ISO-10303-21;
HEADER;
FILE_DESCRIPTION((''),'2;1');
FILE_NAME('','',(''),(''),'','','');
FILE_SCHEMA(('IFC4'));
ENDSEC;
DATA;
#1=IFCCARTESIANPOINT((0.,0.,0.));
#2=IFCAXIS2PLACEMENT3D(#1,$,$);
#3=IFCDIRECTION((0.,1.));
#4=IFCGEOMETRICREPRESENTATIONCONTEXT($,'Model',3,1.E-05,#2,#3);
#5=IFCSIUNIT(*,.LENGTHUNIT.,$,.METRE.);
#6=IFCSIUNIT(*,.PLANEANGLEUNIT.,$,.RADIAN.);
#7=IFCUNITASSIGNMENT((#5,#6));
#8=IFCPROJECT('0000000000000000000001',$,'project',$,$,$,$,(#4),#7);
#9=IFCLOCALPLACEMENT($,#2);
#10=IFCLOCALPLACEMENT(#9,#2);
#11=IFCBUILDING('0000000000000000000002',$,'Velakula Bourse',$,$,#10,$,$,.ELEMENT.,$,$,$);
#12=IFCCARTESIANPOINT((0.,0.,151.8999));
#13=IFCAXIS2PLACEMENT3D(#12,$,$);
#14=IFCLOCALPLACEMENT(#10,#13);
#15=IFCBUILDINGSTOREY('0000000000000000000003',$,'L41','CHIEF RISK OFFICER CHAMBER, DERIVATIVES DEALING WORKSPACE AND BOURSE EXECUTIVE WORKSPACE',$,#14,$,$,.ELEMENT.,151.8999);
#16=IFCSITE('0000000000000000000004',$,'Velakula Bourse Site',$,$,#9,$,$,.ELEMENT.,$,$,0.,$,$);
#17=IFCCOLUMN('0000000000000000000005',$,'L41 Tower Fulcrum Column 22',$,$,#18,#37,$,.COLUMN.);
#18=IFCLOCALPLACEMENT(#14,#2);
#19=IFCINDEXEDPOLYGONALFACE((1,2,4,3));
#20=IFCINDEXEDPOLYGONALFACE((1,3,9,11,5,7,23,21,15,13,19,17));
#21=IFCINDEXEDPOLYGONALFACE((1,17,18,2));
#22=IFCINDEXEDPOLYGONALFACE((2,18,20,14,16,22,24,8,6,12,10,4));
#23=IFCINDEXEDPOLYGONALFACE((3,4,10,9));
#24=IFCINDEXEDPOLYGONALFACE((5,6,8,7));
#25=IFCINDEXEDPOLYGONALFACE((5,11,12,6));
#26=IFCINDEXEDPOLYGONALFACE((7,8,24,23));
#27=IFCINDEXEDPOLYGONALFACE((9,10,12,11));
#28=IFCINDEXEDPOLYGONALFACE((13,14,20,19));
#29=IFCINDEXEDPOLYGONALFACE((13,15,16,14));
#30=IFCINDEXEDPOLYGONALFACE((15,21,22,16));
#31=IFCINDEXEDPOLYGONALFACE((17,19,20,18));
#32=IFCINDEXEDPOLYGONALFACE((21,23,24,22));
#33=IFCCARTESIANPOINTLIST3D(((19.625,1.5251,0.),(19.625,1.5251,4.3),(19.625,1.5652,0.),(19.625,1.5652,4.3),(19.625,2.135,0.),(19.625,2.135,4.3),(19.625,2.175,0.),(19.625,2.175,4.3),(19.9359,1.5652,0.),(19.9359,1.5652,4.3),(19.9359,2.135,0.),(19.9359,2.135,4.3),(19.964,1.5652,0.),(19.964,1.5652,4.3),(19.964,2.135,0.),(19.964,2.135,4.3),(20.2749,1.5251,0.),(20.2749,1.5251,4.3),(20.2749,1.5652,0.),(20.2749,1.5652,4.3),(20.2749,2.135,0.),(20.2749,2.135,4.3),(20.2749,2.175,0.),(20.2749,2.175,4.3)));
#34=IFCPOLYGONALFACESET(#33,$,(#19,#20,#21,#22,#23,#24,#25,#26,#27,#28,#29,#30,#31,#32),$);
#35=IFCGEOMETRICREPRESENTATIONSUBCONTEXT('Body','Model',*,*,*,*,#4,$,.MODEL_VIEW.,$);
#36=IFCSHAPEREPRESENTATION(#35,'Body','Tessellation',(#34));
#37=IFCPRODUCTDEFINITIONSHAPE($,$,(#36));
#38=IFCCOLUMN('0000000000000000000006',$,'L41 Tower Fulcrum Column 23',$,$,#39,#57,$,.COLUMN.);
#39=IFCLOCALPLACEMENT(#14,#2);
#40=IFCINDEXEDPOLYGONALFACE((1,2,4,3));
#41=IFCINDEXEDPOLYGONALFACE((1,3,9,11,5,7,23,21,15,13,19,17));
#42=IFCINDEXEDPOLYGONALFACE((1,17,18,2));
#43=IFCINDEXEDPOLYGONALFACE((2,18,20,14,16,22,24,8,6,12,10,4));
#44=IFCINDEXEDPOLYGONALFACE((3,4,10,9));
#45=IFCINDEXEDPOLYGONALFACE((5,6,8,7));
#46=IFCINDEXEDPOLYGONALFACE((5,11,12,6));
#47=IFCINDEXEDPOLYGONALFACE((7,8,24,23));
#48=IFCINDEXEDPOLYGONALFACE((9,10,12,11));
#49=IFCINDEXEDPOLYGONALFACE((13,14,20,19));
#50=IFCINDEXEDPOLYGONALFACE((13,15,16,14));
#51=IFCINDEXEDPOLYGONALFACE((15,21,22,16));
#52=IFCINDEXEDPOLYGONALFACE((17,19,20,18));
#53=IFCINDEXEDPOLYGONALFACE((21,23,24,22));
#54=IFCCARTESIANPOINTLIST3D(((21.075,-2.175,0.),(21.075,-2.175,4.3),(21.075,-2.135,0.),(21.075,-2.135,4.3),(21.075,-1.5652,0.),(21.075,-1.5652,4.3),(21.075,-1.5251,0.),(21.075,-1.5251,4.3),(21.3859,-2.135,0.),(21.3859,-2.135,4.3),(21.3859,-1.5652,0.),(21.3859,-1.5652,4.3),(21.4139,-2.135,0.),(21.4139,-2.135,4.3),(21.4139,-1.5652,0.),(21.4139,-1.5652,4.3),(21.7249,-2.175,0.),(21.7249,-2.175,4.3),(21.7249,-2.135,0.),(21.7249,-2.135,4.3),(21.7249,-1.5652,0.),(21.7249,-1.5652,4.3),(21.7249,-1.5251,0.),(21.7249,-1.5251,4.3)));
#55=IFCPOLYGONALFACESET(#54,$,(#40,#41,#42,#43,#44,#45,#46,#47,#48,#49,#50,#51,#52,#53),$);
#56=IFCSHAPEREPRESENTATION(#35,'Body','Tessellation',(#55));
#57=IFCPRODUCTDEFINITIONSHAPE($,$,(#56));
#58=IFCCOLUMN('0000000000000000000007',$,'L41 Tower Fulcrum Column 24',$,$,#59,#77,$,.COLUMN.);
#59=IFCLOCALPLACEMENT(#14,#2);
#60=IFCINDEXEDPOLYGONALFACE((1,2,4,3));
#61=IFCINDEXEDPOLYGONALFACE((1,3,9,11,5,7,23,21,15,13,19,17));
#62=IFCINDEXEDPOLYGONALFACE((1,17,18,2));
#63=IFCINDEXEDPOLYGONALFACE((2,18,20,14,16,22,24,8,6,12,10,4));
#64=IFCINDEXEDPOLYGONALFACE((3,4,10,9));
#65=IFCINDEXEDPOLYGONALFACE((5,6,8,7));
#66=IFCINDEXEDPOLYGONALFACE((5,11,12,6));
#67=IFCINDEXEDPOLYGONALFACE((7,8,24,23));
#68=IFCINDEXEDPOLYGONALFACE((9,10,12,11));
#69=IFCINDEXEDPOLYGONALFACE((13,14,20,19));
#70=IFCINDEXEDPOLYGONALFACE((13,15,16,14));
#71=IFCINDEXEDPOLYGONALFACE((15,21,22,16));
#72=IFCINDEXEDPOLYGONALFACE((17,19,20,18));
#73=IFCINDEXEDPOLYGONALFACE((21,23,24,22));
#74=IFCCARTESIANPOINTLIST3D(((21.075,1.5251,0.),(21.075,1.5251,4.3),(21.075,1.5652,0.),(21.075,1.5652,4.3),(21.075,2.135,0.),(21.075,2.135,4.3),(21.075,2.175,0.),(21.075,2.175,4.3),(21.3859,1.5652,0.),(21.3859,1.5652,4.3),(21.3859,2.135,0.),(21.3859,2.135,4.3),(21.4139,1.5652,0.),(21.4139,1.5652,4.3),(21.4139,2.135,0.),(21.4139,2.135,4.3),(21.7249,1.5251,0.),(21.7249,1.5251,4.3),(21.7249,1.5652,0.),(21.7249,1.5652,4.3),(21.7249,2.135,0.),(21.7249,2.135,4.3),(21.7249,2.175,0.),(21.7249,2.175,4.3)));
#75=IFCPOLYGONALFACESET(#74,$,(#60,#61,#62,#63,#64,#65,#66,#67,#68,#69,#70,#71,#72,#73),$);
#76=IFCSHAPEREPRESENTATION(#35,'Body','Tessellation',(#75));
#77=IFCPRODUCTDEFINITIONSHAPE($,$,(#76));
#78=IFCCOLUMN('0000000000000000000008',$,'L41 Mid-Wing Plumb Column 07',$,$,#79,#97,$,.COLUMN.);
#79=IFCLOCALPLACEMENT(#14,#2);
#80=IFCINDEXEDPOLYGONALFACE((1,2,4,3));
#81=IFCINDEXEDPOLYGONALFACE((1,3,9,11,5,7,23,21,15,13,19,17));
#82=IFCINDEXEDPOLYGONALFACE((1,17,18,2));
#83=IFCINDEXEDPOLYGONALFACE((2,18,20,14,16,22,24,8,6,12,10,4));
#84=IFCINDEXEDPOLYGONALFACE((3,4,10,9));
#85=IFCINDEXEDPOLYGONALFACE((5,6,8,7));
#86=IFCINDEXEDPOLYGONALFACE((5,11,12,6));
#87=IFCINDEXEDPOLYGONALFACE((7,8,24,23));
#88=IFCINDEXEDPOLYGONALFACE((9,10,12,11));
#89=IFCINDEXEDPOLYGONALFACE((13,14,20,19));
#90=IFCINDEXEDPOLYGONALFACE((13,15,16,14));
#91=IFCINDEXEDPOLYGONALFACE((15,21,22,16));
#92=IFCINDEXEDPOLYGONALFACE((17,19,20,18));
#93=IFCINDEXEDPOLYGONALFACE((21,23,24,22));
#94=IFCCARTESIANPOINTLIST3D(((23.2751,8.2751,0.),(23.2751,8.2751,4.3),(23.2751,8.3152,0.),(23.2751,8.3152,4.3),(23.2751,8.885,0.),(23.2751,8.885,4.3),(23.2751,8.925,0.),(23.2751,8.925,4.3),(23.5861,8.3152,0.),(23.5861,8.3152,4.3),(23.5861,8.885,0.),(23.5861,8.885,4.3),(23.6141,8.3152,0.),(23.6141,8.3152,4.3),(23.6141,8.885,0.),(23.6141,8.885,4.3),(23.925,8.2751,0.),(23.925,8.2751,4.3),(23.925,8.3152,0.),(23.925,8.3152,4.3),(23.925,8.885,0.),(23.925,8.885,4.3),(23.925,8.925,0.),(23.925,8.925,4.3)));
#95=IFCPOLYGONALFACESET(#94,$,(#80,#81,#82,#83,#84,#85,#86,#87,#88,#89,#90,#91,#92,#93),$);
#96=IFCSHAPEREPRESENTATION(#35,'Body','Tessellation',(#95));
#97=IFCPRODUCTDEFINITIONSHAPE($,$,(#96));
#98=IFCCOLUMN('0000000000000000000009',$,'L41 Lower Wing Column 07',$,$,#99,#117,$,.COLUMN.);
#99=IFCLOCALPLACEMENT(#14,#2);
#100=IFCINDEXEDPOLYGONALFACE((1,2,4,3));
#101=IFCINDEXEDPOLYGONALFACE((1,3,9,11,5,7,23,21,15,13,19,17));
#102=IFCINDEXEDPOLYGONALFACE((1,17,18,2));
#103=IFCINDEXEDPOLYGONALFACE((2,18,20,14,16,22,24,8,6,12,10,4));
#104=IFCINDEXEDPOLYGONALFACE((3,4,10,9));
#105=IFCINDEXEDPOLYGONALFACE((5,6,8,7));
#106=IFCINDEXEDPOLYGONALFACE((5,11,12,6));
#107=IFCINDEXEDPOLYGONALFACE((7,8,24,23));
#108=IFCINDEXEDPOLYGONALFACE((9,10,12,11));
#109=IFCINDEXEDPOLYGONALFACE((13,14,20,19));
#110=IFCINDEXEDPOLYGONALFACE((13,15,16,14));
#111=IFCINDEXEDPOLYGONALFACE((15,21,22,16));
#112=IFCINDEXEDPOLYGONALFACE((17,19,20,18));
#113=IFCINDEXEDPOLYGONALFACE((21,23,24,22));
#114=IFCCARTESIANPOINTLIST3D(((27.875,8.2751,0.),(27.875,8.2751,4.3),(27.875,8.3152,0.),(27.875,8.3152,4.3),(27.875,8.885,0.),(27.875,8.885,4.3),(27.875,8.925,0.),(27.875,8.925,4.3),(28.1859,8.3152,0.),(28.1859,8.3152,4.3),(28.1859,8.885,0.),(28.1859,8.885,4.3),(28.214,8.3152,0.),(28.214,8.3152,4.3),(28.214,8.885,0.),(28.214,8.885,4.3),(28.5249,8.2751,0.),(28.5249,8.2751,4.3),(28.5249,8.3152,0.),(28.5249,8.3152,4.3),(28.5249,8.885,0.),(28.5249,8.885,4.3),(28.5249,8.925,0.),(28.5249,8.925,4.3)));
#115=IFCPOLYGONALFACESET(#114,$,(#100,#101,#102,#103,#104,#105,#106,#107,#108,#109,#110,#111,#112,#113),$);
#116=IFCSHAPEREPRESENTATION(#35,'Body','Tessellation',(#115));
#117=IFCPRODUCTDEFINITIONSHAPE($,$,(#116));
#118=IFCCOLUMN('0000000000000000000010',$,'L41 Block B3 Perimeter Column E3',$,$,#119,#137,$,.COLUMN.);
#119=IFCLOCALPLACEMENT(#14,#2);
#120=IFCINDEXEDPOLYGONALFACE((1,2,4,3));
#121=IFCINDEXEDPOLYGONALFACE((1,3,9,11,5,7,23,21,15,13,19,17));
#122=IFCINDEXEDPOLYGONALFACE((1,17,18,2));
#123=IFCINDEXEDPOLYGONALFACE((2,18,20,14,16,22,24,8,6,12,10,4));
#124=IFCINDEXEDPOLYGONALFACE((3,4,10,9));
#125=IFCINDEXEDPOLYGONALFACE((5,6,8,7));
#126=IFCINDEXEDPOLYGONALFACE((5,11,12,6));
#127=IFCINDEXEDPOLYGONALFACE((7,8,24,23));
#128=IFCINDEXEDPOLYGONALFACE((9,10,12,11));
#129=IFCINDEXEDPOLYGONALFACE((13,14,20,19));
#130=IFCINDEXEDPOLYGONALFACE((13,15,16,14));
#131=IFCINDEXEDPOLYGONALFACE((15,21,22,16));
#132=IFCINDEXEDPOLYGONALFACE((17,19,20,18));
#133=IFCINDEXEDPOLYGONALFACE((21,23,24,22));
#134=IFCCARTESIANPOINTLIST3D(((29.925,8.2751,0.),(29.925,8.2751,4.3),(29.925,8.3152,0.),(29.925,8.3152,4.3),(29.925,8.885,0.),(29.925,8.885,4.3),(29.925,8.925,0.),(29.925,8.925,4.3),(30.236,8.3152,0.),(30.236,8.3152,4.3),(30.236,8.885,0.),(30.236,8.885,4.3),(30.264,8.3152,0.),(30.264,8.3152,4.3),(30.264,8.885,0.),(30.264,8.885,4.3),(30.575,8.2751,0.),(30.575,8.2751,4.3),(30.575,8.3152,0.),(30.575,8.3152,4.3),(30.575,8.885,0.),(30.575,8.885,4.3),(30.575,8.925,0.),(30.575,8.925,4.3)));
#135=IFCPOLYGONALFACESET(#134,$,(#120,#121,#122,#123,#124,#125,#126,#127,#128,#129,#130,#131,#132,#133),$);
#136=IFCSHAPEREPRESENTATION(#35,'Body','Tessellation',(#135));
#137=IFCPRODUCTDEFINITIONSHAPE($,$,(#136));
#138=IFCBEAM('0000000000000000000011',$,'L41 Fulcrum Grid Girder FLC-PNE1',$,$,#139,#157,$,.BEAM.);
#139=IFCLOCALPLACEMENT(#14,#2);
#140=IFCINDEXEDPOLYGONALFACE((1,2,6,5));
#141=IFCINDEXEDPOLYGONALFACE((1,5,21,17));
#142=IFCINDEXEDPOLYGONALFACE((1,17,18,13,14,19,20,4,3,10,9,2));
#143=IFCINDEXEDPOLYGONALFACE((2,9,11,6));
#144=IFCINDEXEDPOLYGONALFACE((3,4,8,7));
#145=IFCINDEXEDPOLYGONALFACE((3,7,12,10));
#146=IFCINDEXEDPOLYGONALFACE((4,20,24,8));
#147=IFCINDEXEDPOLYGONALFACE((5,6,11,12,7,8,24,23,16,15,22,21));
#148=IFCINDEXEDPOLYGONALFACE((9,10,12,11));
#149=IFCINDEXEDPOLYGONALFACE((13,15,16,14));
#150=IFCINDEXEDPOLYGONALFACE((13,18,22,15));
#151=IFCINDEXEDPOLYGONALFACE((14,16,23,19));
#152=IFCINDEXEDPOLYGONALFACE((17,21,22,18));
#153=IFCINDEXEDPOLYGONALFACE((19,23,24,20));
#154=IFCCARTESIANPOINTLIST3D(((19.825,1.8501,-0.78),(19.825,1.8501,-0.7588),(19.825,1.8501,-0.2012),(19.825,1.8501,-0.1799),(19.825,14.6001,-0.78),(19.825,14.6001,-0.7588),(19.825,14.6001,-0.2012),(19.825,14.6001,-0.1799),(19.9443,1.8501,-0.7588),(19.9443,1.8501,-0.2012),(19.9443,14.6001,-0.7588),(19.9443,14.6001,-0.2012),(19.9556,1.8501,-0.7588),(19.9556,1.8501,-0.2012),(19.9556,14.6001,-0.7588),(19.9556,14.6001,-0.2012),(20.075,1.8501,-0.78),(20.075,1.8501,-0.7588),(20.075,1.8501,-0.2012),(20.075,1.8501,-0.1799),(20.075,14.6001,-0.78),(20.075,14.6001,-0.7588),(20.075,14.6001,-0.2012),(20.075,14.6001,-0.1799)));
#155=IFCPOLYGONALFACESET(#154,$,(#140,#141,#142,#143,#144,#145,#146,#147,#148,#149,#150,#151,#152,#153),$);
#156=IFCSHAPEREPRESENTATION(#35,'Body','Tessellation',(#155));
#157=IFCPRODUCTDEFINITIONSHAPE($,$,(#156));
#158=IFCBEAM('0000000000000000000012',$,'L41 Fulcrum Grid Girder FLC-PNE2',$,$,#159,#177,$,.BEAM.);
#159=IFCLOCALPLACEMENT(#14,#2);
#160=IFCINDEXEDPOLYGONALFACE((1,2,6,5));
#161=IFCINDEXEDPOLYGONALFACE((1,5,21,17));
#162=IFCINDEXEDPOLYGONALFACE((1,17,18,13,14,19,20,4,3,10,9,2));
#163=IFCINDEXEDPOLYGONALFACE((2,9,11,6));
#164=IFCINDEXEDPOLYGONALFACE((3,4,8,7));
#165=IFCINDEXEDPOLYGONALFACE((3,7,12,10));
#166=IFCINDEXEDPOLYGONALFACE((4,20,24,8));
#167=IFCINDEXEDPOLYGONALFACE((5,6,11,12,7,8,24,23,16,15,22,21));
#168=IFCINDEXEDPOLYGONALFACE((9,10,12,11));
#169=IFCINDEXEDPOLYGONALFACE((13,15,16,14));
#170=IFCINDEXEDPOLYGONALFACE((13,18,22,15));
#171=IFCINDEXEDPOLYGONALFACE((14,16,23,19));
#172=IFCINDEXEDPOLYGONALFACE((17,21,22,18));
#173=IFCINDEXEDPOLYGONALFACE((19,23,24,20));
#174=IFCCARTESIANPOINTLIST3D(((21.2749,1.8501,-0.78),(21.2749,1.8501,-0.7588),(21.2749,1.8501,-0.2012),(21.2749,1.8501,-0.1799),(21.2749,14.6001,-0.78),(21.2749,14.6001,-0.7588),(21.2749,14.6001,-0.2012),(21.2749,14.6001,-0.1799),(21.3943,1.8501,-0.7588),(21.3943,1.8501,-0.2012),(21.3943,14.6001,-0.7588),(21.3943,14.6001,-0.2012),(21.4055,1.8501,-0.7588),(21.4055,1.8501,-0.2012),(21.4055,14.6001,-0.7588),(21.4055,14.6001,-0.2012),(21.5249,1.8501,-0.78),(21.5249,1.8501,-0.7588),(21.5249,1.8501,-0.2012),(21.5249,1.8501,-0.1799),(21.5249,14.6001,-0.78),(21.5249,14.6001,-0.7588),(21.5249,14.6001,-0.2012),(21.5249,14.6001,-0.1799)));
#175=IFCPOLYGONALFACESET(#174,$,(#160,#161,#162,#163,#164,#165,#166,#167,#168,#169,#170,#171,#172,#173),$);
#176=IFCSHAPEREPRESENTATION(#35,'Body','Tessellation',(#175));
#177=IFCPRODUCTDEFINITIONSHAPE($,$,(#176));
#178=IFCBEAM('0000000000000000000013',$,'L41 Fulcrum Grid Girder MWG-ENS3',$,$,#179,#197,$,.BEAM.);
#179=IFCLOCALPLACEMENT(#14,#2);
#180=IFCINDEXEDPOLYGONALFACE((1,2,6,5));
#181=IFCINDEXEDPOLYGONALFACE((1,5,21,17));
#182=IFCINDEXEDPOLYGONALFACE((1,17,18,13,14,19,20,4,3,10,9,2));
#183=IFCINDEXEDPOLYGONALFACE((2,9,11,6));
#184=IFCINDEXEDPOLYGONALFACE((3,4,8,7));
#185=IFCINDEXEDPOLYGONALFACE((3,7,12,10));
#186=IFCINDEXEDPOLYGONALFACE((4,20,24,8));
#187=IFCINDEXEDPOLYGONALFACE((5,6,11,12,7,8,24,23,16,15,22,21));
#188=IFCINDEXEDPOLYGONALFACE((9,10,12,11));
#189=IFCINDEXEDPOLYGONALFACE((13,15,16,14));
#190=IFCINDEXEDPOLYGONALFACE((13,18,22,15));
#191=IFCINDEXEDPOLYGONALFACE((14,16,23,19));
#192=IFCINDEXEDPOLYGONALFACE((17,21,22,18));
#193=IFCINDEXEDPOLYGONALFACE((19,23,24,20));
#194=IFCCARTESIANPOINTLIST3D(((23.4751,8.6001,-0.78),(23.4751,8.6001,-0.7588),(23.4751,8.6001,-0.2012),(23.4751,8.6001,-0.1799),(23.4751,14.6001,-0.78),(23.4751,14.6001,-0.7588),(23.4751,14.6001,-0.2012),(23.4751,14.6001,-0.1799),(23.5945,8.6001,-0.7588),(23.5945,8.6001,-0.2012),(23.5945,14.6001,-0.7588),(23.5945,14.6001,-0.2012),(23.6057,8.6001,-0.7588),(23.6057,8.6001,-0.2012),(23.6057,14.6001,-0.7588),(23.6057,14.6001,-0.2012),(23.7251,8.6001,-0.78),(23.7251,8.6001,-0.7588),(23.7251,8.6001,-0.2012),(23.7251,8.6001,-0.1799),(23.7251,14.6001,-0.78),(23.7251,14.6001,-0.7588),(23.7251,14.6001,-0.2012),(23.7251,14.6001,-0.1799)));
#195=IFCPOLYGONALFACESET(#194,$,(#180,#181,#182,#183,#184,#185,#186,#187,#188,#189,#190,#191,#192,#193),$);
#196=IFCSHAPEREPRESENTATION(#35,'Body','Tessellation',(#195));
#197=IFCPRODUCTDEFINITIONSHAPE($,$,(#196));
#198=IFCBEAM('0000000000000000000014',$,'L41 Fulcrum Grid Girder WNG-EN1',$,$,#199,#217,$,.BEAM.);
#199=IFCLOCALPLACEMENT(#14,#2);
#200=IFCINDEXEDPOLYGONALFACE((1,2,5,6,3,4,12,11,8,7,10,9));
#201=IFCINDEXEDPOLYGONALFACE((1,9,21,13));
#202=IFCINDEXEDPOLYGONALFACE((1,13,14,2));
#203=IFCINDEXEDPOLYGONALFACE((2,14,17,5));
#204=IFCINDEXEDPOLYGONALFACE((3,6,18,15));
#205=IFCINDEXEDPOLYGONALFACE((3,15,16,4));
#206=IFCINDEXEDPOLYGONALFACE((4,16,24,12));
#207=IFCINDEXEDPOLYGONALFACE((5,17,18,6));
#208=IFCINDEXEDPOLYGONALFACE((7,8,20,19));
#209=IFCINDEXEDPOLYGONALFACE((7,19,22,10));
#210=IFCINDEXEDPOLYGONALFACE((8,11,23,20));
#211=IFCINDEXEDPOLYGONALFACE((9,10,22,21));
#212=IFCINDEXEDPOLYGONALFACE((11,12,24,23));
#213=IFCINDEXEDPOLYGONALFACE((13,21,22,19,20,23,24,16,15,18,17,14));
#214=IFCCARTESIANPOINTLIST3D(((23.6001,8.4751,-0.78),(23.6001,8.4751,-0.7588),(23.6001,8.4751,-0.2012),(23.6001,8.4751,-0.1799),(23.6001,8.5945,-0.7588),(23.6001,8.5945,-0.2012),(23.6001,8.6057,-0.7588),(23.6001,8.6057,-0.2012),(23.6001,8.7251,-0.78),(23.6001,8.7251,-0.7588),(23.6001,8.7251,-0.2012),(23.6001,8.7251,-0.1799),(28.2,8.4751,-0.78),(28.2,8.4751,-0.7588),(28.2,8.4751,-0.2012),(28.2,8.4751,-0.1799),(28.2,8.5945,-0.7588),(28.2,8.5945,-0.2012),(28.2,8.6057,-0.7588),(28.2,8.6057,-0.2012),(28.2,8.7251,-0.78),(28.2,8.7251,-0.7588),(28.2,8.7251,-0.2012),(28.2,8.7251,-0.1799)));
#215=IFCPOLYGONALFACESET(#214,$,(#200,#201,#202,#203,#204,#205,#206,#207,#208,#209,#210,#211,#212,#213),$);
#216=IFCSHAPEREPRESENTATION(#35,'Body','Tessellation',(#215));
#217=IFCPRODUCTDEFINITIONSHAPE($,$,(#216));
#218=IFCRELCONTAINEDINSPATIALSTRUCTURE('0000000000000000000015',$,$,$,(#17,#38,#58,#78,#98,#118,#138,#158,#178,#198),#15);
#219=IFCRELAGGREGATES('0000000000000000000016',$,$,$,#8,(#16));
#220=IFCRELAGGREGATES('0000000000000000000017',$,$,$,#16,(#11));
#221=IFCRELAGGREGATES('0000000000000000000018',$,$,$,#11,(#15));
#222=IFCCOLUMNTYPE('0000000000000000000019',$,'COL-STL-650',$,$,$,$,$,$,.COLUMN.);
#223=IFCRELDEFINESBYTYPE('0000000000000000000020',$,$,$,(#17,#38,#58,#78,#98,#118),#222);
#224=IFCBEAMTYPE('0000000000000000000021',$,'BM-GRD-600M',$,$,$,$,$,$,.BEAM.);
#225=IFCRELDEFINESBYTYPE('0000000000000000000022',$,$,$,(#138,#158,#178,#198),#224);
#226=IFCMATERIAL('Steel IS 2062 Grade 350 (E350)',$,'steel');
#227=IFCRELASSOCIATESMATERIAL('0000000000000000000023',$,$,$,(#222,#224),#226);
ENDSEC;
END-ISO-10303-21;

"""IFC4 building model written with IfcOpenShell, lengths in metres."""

from ifc_helpers import new_model, si_unit, direction, frame, origin, origin_2d, place, context, subcontext, project, spatial, i_section, extrude, material, material_profile, profile_set, type_object, element, save


model = new_model("IFC4")

# Units and contexts
model_context = context("Model", 3, precision=1e-05, world=origin(), true_north=direction((0.0, 1.0)))
body_context = subcontext(model_context, "Body", "Model", "MODEL_VIEW")
ifc_project = project(units=[si_unit("LENGTHUNIT", "METRE"), si_unit("PLANEANGLEUNIT", "RADIAN")], contexts=[model_context])

# Site, building, storey
site_placement = place(None, origin())
site = spatial("IfcSite", under=ifc_project, at=site_placement, Name="Velakula Bourse Site", CompositionType="ELEMENT", RefElevation=0.0)
building_placement = place(site_placement, origin())
building = spatial("IfcBuilding", under=site, at=building_placement, Name="Velakula Bourse", CompositionType="ELEMENT")
storey_placement = place(building_placement, frame((0.0, 0.0, 151.8999)))
storey = spatial("IfcBuildingStorey", under=building, at=storey_placement, Name="L41", Description="CHIEF RISK OFFICER CHAMBER, DERIVATIVES DEALING WORKSPACE AND BOURSE EXECUTIVE WORKSPACE", CompositionType="ELEMENT", Elevation=151.8999)

# Columns
ifc_material_1 = material(Name="Steel IS 2062 Grade 350 (E350)", Category="steel")
ifc_material_profile_1 = material_profile(ifc_material_1, i_section(OverallWidth=0.6499, OverallDepth=0.6499, WebThickness=0.0281, FlangeThickness=0.04, at=origin_2d()), Name="Steel IS 2062 Grade 350 (E350)")
ifc_profile_set_1 = profile_set([ifc_material_profile_1], Name="Steel IS 2062 Grade 350 (E350)")
column_type = type_object("IfcColumnType", Name="COL-STL-650", PredefinedType="COLUMN", material=ifc_profile_set_1)
for number, where, z_axis, x_axis, name in (
    (1, (19.95, 1.8501, 0.0), (0.0, 0.0, 1.0), (1.0, 0.0, 0.0), "L41 Tower Fulcrum Column 22"),
    (2, (21.3999, -1.8501, 0.0), (0.0, 0.0, 1.0), (1.0, 0.0, 0.0), "L41 Tower Fulcrum Column 23"),
    (3, (21.3999, 1.8501, 0.0), (0.0, 0.0, 1.0), (1.0, 0.0, 0.0), "L41 Tower Fulcrum Column 24"),
    (4, (23.6001, 8.6001, 0.0), (0.0, 0.0, 1.0), (1.0, 0.0, 0.0), "L41 Mid-Wing Plumb Column 07"),
    (5, (28.2, 8.6001, 0.0), (0.0, 0.0, 1.0), (1.0, 0.0, 0.0), "L41 Lower Wing Column 07"),
    (6, (30.25, 8.6001, 0.0), (0.0, 0.0, 1.0), (1.0, 0.0, 0.0), "L41 Block B3 Perimeter Column E3"),
):
    element("IfcColumn", number, at=place(storey_placement, frame(where, z_axis=z_axis, x_axis=x_axis)), inside=storey, type_object=column_type, Name=name, PredefinedType="COLUMN", context=body_context, shape_type="SweptSolid", body=[
        extrude(i_section(OverallWidth=0.6499, OverallDepth=0.6499, WebThickness=0.0281, FlangeThickness=0.04, at=origin_2d()), origin(), (0.0, 0.0, 1.0), 4.3),
    ])

# Beams
ifc_material_profile_2 = material_profile(ifc_material_1, i_section(OverallWidth=0.25, OverallDepth=0.6001, WebThickness=0.0112, FlangeThickness=0.0212, at=origin_2d()), Name="Steel IS 2062 Grade 350 (E350)")
ifc_profile_set_2 = profile_set([ifc_material_profile_2], Name="Steel IS 2062 Grade 350 (E350)")
beam_type_1 = type_object("IfcBeamType", Name="BM-GRD-600M", PredefinedType="BEAM", material=ifc_profile_set_2)
for number, where, z_axis, x_axis, name in (
    (7, (19.95, 1.8501, -0.48), (0.0, 1.0, 0.0), (-1.0, 0.0, 0.0), "L41 Fulcrum Grid Girder FLC-PNE1"),
    (8, (21.3999, 1.8501, -0.48), (0.0, 1.0, 0.0), (-1.0, 0.0, 0.0), "L41 Fulcrum Grid Girder FLC-PNE2"),
):
    element("IfcBeam", number, at=place(storey_placement, frame(where, z_axis=z_axis, x_axis=x_axis)), inside=storey, type_object=beam_type_1, Name=name, PredefinedType="BEAM", context=body_context, shape_type="SweptSolid", body=[
        extrude(i_section(OverallWidth=0.25, OverallDepth=0.6001, WebThickness=0.0112, FlangeThickness=0.0212, at=origin_2d()), origin(), (0.0, 0.0, 1.0), 12.75),
    ])
beam_1_placement = place(storey_placement, frame((23.6001, 8.6001, -0.48), z_axis=(0.0, 1.0, 0.0), x_axis=(-1.0, 0.0, 0.0)))
element("IfcBeam", 9, at=beam_1_placement, inside=storey, type_object=beam_type_1, Name="L41 Fulcrum Grid Girder MWG-ENS3", PredefinedType="BEAM", context=body_context, shape_type="SweptSolid", body=[
    extrude(i_section(OverallWidth=0.25, OverallDepth=0.6001, WebThickness=0.0112, FlangeThickness=0.0212, at=origin_2d()), origin(), (0.0, 0.0, 1.0), 6.0),
])
beam_2_placement = place(storey_placement, frame((23.6001, 8.6001, -0.48), z_axis=(1.0, 0.0, 0.0), x_axis=(0.0, 1.0, 0.0)))
element("IfcBeam", 10, at=beam_2_placement, inside=storey, type_object=beam_type_1, Name="L41 Fulcrum Grid Girder WNG-EN1", PredefinedType="BEAM", context=body_context, shape_type="SweptSolid", body=[
    extrude(i_section(OverallWidth=0.25, OverallDepth=0.6001, WebThickness=0.0112, FlangeThickness=0.0212, at=origin_2d()), origin(), (0.0, 0.0, 1.0), 4.5999),
])

save(model, "model.ifc")
